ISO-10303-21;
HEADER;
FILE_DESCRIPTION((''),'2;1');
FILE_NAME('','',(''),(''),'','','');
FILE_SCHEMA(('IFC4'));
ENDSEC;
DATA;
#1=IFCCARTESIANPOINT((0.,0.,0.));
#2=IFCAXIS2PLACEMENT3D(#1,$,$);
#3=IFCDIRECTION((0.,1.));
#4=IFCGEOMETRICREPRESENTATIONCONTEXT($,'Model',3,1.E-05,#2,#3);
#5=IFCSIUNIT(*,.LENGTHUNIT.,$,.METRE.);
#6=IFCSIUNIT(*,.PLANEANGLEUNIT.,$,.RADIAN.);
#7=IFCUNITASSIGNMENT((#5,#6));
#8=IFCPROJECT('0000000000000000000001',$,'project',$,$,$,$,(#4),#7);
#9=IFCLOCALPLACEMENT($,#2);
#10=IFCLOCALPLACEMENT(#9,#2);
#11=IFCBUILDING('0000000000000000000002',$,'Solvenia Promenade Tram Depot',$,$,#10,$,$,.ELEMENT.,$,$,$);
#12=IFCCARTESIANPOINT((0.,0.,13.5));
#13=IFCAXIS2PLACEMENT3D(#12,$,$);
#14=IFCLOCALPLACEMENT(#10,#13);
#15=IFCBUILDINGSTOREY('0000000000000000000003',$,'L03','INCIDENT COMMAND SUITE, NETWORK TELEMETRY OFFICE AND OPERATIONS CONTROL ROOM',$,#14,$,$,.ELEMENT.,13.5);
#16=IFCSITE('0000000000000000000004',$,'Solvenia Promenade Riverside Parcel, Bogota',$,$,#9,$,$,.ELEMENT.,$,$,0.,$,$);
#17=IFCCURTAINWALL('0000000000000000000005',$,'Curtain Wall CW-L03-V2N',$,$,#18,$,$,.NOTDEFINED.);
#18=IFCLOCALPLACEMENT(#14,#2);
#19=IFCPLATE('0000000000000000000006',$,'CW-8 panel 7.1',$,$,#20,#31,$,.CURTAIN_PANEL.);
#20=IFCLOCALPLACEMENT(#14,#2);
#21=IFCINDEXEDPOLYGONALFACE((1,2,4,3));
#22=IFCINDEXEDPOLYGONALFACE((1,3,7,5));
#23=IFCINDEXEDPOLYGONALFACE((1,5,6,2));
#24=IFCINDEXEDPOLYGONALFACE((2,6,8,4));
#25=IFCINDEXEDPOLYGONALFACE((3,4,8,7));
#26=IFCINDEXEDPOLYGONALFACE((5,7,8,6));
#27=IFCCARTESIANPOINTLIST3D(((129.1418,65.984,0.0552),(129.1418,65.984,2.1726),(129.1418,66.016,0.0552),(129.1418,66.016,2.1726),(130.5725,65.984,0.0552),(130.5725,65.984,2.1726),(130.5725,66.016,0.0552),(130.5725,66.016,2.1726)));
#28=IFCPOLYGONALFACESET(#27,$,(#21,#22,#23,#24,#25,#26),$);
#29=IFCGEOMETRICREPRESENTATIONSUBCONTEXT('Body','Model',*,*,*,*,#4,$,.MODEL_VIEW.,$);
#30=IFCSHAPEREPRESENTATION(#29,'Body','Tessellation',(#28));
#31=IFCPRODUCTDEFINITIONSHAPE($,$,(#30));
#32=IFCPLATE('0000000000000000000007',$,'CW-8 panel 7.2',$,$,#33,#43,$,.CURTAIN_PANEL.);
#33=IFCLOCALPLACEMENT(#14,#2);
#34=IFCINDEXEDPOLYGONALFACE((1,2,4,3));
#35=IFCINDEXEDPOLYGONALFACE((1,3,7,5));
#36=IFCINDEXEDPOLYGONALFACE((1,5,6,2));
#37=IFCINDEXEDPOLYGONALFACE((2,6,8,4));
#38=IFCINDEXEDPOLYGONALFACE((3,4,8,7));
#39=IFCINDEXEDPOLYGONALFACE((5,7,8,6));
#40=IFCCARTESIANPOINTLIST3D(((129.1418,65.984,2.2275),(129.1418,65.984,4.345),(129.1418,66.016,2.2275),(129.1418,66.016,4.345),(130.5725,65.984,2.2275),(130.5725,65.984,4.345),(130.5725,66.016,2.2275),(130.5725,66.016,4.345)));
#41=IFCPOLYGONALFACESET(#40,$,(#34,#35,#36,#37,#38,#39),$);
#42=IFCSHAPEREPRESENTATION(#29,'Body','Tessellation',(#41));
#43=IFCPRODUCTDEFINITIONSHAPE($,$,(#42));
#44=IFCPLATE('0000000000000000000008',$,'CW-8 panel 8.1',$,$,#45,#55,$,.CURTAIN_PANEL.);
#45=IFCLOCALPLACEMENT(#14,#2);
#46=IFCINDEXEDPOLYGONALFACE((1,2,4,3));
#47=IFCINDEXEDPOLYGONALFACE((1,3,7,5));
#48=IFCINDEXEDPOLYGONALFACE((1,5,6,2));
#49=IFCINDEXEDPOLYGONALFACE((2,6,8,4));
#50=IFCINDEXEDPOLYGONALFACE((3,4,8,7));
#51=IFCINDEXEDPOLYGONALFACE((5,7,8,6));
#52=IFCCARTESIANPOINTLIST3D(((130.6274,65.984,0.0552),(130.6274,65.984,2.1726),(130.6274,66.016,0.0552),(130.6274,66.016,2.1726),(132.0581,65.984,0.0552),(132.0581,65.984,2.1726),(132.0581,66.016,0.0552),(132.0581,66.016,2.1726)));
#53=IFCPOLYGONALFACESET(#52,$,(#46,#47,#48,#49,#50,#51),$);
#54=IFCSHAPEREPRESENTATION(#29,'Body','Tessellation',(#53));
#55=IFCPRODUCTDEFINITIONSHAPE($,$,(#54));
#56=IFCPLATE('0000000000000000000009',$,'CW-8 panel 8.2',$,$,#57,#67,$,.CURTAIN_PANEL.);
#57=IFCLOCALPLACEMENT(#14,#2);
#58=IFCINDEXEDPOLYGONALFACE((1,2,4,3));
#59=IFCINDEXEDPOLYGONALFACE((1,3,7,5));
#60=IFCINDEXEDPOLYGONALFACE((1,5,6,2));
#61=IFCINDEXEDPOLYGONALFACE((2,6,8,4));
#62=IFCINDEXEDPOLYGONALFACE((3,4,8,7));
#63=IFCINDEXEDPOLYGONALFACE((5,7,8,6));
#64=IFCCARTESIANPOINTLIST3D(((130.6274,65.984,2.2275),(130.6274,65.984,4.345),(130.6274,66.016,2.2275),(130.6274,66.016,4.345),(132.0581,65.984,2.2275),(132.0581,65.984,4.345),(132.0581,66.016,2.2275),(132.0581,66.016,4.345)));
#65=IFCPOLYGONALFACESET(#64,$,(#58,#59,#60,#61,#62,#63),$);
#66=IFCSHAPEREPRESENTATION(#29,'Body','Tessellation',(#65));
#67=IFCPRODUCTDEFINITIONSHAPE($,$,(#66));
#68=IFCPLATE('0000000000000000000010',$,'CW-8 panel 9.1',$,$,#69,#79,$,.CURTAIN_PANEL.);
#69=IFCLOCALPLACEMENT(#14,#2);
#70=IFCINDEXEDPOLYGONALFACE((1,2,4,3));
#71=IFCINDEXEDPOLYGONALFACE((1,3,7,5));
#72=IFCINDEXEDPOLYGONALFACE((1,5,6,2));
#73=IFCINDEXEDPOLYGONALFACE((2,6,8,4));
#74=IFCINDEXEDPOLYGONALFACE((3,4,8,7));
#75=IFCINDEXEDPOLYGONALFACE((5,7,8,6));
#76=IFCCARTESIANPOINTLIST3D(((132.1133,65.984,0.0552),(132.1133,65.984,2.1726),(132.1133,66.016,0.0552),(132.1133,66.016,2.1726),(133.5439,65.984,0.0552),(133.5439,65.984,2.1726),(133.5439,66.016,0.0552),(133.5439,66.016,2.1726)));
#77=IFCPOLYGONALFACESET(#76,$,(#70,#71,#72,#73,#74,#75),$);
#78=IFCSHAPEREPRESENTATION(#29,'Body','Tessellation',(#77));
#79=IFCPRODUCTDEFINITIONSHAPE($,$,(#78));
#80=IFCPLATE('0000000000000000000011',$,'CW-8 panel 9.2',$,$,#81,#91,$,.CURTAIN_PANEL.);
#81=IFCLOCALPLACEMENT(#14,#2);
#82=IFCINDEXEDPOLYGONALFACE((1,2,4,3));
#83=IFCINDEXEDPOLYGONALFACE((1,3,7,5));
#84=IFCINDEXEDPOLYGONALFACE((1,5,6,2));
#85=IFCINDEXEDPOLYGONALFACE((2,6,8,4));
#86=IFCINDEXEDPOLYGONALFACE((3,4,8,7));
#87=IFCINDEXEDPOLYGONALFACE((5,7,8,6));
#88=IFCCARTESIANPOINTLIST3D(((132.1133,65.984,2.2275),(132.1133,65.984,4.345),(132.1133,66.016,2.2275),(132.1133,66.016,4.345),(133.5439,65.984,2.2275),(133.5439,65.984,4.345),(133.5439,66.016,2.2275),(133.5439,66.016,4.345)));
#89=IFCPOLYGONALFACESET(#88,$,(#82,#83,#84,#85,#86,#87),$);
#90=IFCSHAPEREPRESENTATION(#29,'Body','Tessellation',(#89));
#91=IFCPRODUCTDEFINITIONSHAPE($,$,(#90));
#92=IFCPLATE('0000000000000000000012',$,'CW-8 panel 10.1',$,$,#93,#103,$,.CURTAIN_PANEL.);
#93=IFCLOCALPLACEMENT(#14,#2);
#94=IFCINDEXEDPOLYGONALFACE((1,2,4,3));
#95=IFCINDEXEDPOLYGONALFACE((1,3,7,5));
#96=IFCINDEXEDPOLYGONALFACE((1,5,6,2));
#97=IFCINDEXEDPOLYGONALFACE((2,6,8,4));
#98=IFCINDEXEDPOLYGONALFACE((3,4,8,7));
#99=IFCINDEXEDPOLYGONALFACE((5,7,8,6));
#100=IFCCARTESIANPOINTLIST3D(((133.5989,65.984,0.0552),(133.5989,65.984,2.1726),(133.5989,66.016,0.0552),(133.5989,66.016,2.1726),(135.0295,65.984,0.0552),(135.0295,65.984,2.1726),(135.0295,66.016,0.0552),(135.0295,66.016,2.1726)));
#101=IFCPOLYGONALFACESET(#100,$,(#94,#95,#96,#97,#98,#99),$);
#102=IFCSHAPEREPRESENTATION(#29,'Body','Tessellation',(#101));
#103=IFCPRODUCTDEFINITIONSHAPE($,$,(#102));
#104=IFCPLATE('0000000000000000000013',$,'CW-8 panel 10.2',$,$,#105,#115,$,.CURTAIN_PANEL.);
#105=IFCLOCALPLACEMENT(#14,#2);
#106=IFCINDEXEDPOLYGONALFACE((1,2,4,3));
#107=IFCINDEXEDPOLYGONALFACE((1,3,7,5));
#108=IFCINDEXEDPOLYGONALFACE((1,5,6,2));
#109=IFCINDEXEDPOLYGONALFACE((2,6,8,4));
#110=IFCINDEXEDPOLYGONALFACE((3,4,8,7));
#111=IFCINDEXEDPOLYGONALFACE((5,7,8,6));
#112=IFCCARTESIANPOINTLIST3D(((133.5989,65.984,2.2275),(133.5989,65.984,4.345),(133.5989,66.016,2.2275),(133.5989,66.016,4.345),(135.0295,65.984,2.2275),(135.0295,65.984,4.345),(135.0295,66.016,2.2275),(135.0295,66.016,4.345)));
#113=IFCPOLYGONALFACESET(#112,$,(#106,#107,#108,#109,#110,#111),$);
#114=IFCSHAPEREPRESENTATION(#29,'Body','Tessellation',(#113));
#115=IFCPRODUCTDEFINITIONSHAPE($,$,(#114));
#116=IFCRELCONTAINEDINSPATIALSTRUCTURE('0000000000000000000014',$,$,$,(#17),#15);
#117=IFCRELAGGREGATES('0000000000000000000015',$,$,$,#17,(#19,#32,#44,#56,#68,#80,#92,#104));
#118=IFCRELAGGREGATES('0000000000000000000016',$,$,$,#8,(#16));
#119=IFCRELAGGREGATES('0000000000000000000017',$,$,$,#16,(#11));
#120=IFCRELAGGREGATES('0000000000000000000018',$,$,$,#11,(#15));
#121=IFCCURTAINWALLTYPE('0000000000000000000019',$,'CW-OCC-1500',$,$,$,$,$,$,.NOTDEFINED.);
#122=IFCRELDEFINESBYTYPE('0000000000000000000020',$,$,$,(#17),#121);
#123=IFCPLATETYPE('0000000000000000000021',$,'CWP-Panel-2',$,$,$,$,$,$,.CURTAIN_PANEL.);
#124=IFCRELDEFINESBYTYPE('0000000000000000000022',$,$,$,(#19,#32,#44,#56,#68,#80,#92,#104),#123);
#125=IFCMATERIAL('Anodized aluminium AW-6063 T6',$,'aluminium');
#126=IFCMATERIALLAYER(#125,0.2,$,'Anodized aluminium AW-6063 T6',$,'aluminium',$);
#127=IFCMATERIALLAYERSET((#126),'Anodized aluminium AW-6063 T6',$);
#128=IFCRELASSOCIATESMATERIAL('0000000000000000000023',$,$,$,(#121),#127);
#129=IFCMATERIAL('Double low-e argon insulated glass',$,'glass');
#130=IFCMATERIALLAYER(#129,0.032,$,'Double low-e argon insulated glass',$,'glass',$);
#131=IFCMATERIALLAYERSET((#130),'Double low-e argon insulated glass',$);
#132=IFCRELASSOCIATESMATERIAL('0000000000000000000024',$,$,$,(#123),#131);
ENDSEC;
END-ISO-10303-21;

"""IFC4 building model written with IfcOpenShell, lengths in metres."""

from ifc_helpers import new_model, si_unit, direction, frame, origin, origin_2d, place, context, subcontext, project, spatial, rectangle, extrude, material, layer, layer_set, type_object, element, aggregate, save


model = new_model("IFC4")

# Units and contexts
model_context = context("Model", 3, precision=1e-05, world=origin(), true_north=direction((0.0, 1.0)))
body_context = subcontext(model_context, "Body", "Model", "MODEL_VIEW")
ifc_project = project(units=[si_unit("LENGTHUNIT", "METRE"), si_unit("PLANEANGLEUNIT", "RADIAN")], contexts=[model_context])

# Site, building, storey
site_placement = place(None, origin())
site = spatial("IfcSite", under=ifc_project, at=site_placement, Name="Solvenia Promenade Riverside Parcel, Bogota", CompositionType="ELEMENT", RefElevation=0.0)
building_placement = place(site_placement, origin())
building = spatial("IfcBuilding", under=site, at=building_placement, Name="Solvenia Promenade Tram Depot", CompositionType="ELEMENT")
storey_placement = place(building_placement, frame((0.0, 0.0, 13.5)))
storey = spatial("IfcBuildingStorey", under=building, at=storey_placement, Name="L03", Description="INCIDENT COMMAND SUITE, NETWORK TELEMETRY OFFICE AND OPERATIONS CONTROL ROOM", CompositionType="ELEMENT", Elevation=13.5)

# Curtain wall
ifc_material_1 = material(Name="Anodized aluminium AW-6063 T6", Category="aluminium")
ifc_layer_1 = layer(ifc_material_1, 0.2, Name="Anodized aluminium AW-6063 T6", Category="aluminium")
ifc_layer_set_1 = layer_set([ifc_layer_1], Name="Anodized aluminium AW-6063 T6")
curtain_wall_type = type_object("IfcCurtainWallType", Name="CW-OCC-1500", PredefinedType="NOTDEFINED", material=ifc_layer_set_1)
curtain_wall_placement = place(storey_placement, origin())
curtain_wall = element("IfcCurtainWall", 1, at=curtain_wall_placement, inside=storey, type_object=curtain_wall_type, Name="Curtain Wall CW-L03-V2N", PredefinedType="NOTDEFINED")

# Plates
ifc_material_2 = material(Name="Double low-e argon insulated glass", Category="glass")
ifc_layer_2 = layer(ifc_material_2, 0.032, Name="Double low-e argon insulated glass", Category="glass")
ifc_layer_set_2 = layer_set([ifc_layer_2], Name="Double low-e argon insulated glass")
plate_type = type_object("IfcPlateType", Name="CWP-Panel-2", PredefinedType="CURTAIN_PANEL", material=ifc_layer_set_2)
plate_1_placement = place(storey_placement, frame((129.8572, 66.0, 0.0552), z_axis=(0.0, 0.0, 1.0), x_axis=(1.0, 0.0, 0.0)))
plate_1 = element("IfcPlate", 2, at=plate_1_placement, type_object=plate_type, Name="CW-8 panel 7.1", PredefinedType="CURTAIN_PANEL", context=body_context, shape_type="SweptSolid", body=[
    extrude(rectangle(XDim=1.4307, YDim=0.032, at=origin_2d()), origin(), (0.0, 0.0, 1.0), 2.1174),
])
plate_2_placement = place(storey_placement, frame((129.8572, 66.0, 2.2275), z_axis=(0.0, 0.0, 1.0), x_axis=(1.0, 0.0, 0.0)))
plate_2 = element("IfcPlate", 3, at=plate_2_placement, type_object=plate_type, Name="CW-8 panel 7.2", PredefinedType="CURTAIN_PANEL", context=body_context, shape_type="SweptSolid", body=[
    extrude(rectangle(XDim=1.4307, YDim=0.032, at=origin_2d()), origin(), (0.0, 0.0, 1.0), 2.1174),
])
plate_3_placement = place(storey_placement, frame((131.3428, 66.0, 0.0552), z_axis=(0.0, 0.0, 1.0), x_axis=(1.0, 0.0, 0.0)))
plate_3 = element("IfcPlate", 4, at=plate_3_placement, type_object=plate_type, Name="CW-8 panel 8.1", PredefinedType="CURTAIN_PANEL", context=body_context, shape_type="SweptSolid", body=[
    extrude(rectangle(XDim=1.4307, YDim=0.032, at=origin_2d()), origin(), (0.0, 0.0, 1.0), 2.1174),
])
plate_4_placement = place(storey_placement, frame((131.3428, 66.0, 2.2275), z_axis=(0.0, 0.0, 1.0), x_axis=(1.0, 0.0, 0.0)))
plate_4 = element("IfcPlate", 5, at=plate_4_placement, type_object=plate_type, Name="CW-8 panel 8.2", PredefinedType="CURTAIN_PANEL", context=body_context, shape_type="SweptSolid", body=[
    extrude(rectangle(XDim=1.4307, YDim=0.032, at=origin_2d()), origin(), (0.0, 0.0, 1.0), 2.1174),
])
plate_5_placement = place(storey_placement, frame((132.8286, 66.0, 0.0552), z_axis=(0.0, 0.0, 1.0), x_axis=(1.0, 0.0, 0.0)))
plate_5 = element("IfcPlate", 6, at=plate_5_placement, type_object=plate_type, Name="CW-8 panel 9.1", PredefinedType="CURTAIN_PANEL", context=body_context, shape_type="SweptSolid", body=[
    extrude(rectangle(XDim=1.4307, YDim=0.032, at=origin_2d()), origin(), (0.0, 0.0, 1.0), 2.1174),
])
plate_6_placement = place(storey_placement, frame((132.8286, 66.0, 2.2275), z_axis=(0.0, 0.0, 1.0), x_axis=(1.0, 0.0, 0.0)))
plate_6 = element("IfcPlate", 7, at=plate_6_placement, type_object=plate_type, Name="CW-8 panel 9.2", PredefinedType="CURTAIN_PANEL", context=body_context, shape_type="SweptSolid", body=[
    extrude(rectangle(XDim=1.4307, YDim=0.032, at=origin_2d()), origin(), (0.0, 0.0, 1.0), 2.1174),
])
plate_7_placement = place(storey_placement, frame((134.3142, 66.0, 0.0552), z_axis=(0.0, 0.0, 1.0), x_axis=(1.0, 0.0, 0.0)))
plate_7 = element("IfcPlate", 8, at=plate_7_placement, type_object=plate_type, Name="CW-8 panel 10.1", PredefinedType="CURTAIN_PANEL", context=body_context, shape_type="SweptSolid", body=[
    extrude(rectangle(XDim=1.4307, YDim=0.032, at=origin_2d()), origin(), (0.0, 0.0, 1.0), 2.1174),
])
plate_8_placement = place(storey_placement, frame((134.3142, 66.0, 2.2275), z_axis=(0.0, 0.0, 1.0), x_axis=(1.0, 0.0, 0.0)))
plate_8 = element("IfcPlate", 9, at=plate_8_placement, type_object=plate_type, Name="CW-8 panel 10.2", PredefinedType="CURTAIN_PANEL", context=body_context, shape_type="SweptSolid", body=[
    extrude(rectangle(XDim=1.4307, YDim=0.032, at=origin_2d()), origin(), (0.0, 0.0, 1.0), 2.1174),
])
aggregate(curtain_wall, [plate_1, plate_2, plate_3, plate_4, plate_5, plate_6, plate_7, plate_8])

save(model, "model.ifc")
